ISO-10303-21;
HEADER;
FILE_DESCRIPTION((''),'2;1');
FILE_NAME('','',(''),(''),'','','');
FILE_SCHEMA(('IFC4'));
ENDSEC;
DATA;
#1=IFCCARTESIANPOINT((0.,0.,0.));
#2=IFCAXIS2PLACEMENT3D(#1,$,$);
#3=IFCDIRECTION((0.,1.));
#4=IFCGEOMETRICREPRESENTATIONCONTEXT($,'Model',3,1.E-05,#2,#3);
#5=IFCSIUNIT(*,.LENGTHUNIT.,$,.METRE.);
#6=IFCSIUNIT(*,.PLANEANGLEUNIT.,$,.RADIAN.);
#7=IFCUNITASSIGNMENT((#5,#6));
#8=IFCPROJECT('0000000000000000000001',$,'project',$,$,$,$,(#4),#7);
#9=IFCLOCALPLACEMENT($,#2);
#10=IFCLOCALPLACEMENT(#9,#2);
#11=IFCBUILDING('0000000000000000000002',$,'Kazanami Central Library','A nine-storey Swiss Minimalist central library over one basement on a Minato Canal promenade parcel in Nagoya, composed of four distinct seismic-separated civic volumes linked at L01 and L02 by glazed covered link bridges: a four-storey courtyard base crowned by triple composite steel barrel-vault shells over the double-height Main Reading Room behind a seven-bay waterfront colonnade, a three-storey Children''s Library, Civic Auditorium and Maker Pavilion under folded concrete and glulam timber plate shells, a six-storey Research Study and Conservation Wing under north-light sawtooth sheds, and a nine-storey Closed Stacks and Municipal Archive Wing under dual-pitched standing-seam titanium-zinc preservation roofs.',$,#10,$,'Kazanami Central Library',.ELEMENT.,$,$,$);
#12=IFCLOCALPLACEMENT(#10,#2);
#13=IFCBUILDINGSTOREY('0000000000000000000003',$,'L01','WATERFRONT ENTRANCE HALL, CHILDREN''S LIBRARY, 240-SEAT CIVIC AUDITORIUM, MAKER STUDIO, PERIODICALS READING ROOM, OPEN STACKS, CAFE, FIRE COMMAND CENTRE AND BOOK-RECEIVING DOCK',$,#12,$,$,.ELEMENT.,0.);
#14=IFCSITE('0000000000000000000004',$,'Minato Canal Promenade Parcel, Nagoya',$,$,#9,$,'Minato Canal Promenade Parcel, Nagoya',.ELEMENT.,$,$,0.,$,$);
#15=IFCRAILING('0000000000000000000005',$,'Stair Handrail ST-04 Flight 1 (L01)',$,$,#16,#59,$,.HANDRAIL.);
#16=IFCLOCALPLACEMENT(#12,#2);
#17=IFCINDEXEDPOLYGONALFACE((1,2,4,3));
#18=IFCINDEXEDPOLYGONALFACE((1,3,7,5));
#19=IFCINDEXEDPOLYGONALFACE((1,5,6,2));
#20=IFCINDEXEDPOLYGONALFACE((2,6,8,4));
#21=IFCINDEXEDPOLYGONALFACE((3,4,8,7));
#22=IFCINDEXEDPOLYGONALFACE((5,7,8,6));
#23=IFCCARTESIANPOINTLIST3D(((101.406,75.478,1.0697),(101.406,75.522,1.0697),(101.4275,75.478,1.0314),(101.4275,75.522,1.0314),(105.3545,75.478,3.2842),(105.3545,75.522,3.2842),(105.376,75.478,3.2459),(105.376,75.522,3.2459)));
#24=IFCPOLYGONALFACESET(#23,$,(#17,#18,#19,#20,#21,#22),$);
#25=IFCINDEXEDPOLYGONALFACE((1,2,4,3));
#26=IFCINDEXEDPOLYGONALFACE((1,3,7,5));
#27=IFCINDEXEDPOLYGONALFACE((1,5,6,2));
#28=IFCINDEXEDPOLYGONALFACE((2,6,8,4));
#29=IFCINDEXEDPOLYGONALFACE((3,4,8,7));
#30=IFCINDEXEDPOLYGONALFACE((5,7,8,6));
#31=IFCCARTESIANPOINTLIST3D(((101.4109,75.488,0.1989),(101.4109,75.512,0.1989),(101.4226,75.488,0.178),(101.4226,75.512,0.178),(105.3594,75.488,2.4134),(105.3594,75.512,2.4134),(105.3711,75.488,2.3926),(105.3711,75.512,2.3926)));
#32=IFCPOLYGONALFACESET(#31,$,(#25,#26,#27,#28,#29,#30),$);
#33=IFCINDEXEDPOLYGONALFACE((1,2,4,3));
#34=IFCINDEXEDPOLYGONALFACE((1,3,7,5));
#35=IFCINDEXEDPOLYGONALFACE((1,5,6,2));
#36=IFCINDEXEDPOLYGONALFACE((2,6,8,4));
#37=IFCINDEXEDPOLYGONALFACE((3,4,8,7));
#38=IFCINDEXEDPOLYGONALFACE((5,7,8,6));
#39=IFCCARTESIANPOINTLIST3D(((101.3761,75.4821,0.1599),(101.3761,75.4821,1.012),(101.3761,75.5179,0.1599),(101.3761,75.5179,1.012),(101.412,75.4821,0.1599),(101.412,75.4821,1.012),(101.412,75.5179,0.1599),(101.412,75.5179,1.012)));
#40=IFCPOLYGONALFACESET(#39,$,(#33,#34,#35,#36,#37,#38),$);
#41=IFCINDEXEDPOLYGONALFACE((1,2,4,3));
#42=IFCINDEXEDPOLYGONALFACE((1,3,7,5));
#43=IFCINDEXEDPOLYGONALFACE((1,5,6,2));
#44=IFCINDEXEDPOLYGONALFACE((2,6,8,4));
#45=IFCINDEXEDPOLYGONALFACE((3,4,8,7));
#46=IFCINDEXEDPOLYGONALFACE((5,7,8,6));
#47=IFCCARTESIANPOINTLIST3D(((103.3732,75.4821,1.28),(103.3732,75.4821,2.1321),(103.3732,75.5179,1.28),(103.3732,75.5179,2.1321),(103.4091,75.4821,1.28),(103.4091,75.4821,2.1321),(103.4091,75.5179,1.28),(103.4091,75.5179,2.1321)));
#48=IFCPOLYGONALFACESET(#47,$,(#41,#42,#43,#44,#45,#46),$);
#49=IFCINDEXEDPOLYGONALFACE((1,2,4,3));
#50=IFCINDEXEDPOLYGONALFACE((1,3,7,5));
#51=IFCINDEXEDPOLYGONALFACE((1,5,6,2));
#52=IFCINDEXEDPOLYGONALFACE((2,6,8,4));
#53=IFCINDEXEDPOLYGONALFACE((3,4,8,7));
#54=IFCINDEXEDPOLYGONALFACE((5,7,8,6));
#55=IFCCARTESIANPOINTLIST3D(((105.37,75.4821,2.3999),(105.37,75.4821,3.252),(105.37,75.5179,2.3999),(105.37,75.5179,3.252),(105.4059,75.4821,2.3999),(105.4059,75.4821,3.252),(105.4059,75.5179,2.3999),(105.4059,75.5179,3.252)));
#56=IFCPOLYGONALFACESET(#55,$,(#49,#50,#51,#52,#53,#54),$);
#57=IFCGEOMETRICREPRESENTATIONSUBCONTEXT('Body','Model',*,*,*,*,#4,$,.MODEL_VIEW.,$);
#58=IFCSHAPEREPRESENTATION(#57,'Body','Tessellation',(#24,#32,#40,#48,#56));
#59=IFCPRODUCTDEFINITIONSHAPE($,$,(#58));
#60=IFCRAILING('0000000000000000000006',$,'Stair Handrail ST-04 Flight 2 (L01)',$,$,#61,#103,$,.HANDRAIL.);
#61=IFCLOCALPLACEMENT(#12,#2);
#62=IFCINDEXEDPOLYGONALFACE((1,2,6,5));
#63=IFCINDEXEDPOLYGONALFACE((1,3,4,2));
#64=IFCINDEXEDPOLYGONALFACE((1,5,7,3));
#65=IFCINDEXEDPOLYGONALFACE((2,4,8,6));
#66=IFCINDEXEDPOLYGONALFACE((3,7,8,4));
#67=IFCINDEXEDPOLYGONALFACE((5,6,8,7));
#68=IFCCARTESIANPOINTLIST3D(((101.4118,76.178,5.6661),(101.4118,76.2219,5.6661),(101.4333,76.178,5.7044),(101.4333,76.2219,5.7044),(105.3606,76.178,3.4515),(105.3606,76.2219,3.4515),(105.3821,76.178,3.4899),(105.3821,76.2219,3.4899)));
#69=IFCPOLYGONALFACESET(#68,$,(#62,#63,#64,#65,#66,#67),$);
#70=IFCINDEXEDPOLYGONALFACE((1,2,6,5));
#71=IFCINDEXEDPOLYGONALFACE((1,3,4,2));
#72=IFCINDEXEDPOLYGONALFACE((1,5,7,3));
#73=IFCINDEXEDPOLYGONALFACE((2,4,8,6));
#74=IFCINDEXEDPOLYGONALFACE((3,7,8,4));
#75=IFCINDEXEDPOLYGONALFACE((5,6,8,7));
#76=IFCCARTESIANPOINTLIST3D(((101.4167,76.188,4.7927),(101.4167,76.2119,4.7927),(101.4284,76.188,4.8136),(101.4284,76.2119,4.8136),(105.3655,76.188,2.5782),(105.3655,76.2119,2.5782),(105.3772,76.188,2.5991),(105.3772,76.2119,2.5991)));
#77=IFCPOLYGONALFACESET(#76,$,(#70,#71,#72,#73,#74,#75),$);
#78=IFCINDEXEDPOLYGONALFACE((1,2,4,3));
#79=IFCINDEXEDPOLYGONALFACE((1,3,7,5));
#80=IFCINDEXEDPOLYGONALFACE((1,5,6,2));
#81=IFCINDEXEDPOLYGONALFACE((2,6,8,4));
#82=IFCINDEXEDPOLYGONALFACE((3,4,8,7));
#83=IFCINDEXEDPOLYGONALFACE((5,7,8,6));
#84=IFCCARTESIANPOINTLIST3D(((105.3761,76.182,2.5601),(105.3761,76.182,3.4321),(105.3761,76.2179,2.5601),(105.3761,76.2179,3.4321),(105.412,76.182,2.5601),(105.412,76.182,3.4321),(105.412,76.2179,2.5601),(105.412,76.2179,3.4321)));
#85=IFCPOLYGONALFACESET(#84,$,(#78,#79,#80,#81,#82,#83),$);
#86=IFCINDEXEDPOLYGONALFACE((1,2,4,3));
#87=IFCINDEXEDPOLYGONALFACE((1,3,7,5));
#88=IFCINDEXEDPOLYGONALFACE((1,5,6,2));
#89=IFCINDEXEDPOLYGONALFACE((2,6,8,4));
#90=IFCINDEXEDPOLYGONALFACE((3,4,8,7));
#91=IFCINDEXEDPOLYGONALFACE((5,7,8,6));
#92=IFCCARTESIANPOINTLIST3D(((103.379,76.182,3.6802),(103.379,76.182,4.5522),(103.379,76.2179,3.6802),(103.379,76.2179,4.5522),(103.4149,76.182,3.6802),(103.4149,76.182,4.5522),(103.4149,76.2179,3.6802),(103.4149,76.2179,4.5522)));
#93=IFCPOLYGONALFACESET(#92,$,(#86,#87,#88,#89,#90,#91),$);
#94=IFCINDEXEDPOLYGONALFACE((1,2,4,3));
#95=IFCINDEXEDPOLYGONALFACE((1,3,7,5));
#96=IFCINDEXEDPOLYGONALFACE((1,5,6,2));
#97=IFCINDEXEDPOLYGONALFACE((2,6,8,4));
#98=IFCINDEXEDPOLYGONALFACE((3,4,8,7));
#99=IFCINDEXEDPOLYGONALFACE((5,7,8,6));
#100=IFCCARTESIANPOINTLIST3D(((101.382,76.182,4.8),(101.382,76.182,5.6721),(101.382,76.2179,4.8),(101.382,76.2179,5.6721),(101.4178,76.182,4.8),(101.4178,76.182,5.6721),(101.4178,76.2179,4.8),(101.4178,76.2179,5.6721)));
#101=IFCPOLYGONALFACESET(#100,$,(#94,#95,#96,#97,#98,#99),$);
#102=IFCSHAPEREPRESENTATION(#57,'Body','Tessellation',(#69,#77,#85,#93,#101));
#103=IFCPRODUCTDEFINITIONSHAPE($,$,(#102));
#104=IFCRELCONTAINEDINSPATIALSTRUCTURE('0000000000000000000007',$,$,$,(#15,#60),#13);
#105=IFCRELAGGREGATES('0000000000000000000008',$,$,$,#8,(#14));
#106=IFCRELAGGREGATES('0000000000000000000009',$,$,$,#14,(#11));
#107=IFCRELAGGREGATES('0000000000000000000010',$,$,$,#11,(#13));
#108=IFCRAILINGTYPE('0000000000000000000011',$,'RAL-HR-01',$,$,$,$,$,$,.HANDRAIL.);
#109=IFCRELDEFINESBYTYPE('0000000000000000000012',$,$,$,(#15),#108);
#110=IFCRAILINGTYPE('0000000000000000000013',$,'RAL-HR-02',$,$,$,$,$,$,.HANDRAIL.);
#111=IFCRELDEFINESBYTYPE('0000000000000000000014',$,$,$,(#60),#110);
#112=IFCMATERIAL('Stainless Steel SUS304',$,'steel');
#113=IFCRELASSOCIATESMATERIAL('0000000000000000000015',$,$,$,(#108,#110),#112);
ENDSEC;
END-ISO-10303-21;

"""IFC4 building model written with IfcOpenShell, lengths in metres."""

from ifc_helpers import new_model, si_unit, direction, frame, origin, origin_2d, place, context, subcontext, project, spatial, rectangle, extrude, material, type_object, element, save


model = new_model("IFC4")

# Units and contexts
model_context = context("Model", 3, precision=1e-05, world=origin(), true_north=direction((0.0, 1.0)))
body_context = subcontext(model_context, "Body", "Model", "MODEL_VIEW")
ifc_project = project(units=[si_unit("LENGTHUNIT", "METRE"), si_unit("PLANEANGLEUNIT", "RADIAN")], contexts=[model_context])

# Site, building, storey
site_placement = place(None, origin())
site = spatial("IfcSite", under=ifc_project, at=site_placement, Name="Minato Canal Promenade Parcel, Nagoya", LongName="Minato Canal Promenade Parcel, Nagoya", CompositionType="ELEMENT", RefElevation=0.0)
building_placement = place(site_placement, origin())
building = spatial("IfcBuilding", under=site, at=building_placement, Name="Kazanami Central Library", Description="A nine-storey Swiss Minimalist central library over one basement on a Minato Canal promenade parcel in Nagoya, composed of four distinct seismic-separated civic volumes linked at L01 and L02 by glazed covered link bridges: a four-storey courtyard base crowned by triple composite steel barrel-vault shells over the double-height Main Reading Room behind a seven-bay waterfront colonnade, a three-storey Children's Library, Civic Auditorium and Maker Pavilion under folded concrete and glulam timber plate shells, a six-storey Research Study and Conservation Wing under north-light sawtooth sheds, and a nine-storey Closed Stacks and Municipal Archive Wing under dual-pitched standing-seam titanium-zinc preservation roofs.", LongName="Kazanami Central Library", CompositionType="ELEMENT")
storey_placement = place(building_placement, origin())
storey = spatial("IfcBuildingStorey", under=building, at=storey_placement, Name="L01", Description="WATERFRONT ENTRANCE HALL, CHILDREN'S LIBRARY, 240-SEAT CIVIC AUDITORIUM, MAKER STUDIO, PERIODICALS READING ROOM, OPEN STACKS, CAFE, FIRE COMMAND CENTRE AND BOOK-RECEIVING DOCK", CompositionType="ELEMENT", Elevation=0.0)

# Shared definitions
ifc_material_1 = material(Name="Stainless Steel SUS304", Category="steel")

# Railings
railing_type_1 = type_object("IfcRailingType", Name="RAL-HR-01", PredefinedType="HANDRAIL", material=ifc_material_1)
railing_1_placement = place(storey_placement, frame((101.394, 75.5, 0.1599)))
element("IfcRailing", 1, at=railing_1_placement, inside=storey, type_object=railing_type_1, Name="Stair Handrail ST-04 Flight 1 (L01)", PredefinedType="HANDRAIL", context=body_context, shape_type="SweptSolid", body=[
    extrude(rectangle(XDim=0.0439, YDim=0.0439, at=origin_2d()), frame((0.0227, 0.0, 0.8906), z_axis=(0.872189, 0.0, 0.48917), x_axis=(0.0, 1.0, 0.0)), (0.0, 0.0, 1.0), 4.5271),
    extrude(rectangle(XDim=0.0239, YDim=0.0239, at=origin_2d()), frame((0.0227, 0.0, 0.0286), z_axis=(0.872189, 0.0, 0.48917), x_axis=(0.0, 1.0, 0.0)), (0.0, 0.0, 1.0), 4.5271),
    extrude(rectangle(XDim=0.0359, YDim=0.0359, at=origin_2d()), origin(), (0.0, 0.0, 1.0), 0.8521),
    extrude(rectangle(XDim=0.0359, YDim=0.0359, at=origin_2d()), frame((1.9971, 0.0, 1.1201)), (0.0, 0.0, 1.0), 0.8521),
    extrude(rectangle(XDim=0.0359, YDim=0.0359, at=origin_2d()), frame((3.9939, 0.0, 2.24)), (0.0, 0.0, 1.0), 0.8521),
])
railing_type_2 = type_object("IfcRailingType", Name="RAL-HR-02", PredefinedType="HANDRAIL", material=ifc_material_1)
railing_2_placement = place(storey_placement, frame((105.394, 76.2, 2.5601)))
element("IfcRailing", 2, at=railing_2_placement, inside=storey, type_object=railing_type_2, Name="Stair Handrail ST-04 Flight 2 (L01)", PredefinedType="HANDRAIL", context=body_context, shape_type="SweptSolid", body=[
    extrude(rectangle(XDim=0.0439, YDim=0.0439, at=origin_2d()), frame((-0.0227, 0.0, 0.9106), z_axis=(-0.872201, 0.0, 0.489147), x_axis=(0.0, -1.0, 0.0)), (0.0, 0.0, 1.0), 4.5273),
    extrude(rectangle(XDim=0.0239, YDim=0.0239, at=origin_2d()), frame((-0.0227, 0.0, 0.0286), z_axis=(-0.872201, 0.0, 0.489147), x_axis=(0.0, -1.0, 0.0)), (0.0, 0.0, 1.0), 4.5273),
    extrude(rectangle(XDim=0.0359, YDim=0.0359, at=origin_2d()), origin(), (0.0, 0.0, 1.0), 0.8721),
    extrude(rectangle(XDim=0.0359, YDim=0.0359, at=origin_2d()), frame((-1.9971, 0.0, 1.1201)), (0.0, 0.0, 1.0), 0.8721),
    extrude(rectangle(XDim=0.0359, YDim=0.0359, at=origin_2d()), frame((-3.9941, 0.0, 2.24)), (0.0, 0.0, 1.0), 0.8721),
])

save(model, "model.ifc")
